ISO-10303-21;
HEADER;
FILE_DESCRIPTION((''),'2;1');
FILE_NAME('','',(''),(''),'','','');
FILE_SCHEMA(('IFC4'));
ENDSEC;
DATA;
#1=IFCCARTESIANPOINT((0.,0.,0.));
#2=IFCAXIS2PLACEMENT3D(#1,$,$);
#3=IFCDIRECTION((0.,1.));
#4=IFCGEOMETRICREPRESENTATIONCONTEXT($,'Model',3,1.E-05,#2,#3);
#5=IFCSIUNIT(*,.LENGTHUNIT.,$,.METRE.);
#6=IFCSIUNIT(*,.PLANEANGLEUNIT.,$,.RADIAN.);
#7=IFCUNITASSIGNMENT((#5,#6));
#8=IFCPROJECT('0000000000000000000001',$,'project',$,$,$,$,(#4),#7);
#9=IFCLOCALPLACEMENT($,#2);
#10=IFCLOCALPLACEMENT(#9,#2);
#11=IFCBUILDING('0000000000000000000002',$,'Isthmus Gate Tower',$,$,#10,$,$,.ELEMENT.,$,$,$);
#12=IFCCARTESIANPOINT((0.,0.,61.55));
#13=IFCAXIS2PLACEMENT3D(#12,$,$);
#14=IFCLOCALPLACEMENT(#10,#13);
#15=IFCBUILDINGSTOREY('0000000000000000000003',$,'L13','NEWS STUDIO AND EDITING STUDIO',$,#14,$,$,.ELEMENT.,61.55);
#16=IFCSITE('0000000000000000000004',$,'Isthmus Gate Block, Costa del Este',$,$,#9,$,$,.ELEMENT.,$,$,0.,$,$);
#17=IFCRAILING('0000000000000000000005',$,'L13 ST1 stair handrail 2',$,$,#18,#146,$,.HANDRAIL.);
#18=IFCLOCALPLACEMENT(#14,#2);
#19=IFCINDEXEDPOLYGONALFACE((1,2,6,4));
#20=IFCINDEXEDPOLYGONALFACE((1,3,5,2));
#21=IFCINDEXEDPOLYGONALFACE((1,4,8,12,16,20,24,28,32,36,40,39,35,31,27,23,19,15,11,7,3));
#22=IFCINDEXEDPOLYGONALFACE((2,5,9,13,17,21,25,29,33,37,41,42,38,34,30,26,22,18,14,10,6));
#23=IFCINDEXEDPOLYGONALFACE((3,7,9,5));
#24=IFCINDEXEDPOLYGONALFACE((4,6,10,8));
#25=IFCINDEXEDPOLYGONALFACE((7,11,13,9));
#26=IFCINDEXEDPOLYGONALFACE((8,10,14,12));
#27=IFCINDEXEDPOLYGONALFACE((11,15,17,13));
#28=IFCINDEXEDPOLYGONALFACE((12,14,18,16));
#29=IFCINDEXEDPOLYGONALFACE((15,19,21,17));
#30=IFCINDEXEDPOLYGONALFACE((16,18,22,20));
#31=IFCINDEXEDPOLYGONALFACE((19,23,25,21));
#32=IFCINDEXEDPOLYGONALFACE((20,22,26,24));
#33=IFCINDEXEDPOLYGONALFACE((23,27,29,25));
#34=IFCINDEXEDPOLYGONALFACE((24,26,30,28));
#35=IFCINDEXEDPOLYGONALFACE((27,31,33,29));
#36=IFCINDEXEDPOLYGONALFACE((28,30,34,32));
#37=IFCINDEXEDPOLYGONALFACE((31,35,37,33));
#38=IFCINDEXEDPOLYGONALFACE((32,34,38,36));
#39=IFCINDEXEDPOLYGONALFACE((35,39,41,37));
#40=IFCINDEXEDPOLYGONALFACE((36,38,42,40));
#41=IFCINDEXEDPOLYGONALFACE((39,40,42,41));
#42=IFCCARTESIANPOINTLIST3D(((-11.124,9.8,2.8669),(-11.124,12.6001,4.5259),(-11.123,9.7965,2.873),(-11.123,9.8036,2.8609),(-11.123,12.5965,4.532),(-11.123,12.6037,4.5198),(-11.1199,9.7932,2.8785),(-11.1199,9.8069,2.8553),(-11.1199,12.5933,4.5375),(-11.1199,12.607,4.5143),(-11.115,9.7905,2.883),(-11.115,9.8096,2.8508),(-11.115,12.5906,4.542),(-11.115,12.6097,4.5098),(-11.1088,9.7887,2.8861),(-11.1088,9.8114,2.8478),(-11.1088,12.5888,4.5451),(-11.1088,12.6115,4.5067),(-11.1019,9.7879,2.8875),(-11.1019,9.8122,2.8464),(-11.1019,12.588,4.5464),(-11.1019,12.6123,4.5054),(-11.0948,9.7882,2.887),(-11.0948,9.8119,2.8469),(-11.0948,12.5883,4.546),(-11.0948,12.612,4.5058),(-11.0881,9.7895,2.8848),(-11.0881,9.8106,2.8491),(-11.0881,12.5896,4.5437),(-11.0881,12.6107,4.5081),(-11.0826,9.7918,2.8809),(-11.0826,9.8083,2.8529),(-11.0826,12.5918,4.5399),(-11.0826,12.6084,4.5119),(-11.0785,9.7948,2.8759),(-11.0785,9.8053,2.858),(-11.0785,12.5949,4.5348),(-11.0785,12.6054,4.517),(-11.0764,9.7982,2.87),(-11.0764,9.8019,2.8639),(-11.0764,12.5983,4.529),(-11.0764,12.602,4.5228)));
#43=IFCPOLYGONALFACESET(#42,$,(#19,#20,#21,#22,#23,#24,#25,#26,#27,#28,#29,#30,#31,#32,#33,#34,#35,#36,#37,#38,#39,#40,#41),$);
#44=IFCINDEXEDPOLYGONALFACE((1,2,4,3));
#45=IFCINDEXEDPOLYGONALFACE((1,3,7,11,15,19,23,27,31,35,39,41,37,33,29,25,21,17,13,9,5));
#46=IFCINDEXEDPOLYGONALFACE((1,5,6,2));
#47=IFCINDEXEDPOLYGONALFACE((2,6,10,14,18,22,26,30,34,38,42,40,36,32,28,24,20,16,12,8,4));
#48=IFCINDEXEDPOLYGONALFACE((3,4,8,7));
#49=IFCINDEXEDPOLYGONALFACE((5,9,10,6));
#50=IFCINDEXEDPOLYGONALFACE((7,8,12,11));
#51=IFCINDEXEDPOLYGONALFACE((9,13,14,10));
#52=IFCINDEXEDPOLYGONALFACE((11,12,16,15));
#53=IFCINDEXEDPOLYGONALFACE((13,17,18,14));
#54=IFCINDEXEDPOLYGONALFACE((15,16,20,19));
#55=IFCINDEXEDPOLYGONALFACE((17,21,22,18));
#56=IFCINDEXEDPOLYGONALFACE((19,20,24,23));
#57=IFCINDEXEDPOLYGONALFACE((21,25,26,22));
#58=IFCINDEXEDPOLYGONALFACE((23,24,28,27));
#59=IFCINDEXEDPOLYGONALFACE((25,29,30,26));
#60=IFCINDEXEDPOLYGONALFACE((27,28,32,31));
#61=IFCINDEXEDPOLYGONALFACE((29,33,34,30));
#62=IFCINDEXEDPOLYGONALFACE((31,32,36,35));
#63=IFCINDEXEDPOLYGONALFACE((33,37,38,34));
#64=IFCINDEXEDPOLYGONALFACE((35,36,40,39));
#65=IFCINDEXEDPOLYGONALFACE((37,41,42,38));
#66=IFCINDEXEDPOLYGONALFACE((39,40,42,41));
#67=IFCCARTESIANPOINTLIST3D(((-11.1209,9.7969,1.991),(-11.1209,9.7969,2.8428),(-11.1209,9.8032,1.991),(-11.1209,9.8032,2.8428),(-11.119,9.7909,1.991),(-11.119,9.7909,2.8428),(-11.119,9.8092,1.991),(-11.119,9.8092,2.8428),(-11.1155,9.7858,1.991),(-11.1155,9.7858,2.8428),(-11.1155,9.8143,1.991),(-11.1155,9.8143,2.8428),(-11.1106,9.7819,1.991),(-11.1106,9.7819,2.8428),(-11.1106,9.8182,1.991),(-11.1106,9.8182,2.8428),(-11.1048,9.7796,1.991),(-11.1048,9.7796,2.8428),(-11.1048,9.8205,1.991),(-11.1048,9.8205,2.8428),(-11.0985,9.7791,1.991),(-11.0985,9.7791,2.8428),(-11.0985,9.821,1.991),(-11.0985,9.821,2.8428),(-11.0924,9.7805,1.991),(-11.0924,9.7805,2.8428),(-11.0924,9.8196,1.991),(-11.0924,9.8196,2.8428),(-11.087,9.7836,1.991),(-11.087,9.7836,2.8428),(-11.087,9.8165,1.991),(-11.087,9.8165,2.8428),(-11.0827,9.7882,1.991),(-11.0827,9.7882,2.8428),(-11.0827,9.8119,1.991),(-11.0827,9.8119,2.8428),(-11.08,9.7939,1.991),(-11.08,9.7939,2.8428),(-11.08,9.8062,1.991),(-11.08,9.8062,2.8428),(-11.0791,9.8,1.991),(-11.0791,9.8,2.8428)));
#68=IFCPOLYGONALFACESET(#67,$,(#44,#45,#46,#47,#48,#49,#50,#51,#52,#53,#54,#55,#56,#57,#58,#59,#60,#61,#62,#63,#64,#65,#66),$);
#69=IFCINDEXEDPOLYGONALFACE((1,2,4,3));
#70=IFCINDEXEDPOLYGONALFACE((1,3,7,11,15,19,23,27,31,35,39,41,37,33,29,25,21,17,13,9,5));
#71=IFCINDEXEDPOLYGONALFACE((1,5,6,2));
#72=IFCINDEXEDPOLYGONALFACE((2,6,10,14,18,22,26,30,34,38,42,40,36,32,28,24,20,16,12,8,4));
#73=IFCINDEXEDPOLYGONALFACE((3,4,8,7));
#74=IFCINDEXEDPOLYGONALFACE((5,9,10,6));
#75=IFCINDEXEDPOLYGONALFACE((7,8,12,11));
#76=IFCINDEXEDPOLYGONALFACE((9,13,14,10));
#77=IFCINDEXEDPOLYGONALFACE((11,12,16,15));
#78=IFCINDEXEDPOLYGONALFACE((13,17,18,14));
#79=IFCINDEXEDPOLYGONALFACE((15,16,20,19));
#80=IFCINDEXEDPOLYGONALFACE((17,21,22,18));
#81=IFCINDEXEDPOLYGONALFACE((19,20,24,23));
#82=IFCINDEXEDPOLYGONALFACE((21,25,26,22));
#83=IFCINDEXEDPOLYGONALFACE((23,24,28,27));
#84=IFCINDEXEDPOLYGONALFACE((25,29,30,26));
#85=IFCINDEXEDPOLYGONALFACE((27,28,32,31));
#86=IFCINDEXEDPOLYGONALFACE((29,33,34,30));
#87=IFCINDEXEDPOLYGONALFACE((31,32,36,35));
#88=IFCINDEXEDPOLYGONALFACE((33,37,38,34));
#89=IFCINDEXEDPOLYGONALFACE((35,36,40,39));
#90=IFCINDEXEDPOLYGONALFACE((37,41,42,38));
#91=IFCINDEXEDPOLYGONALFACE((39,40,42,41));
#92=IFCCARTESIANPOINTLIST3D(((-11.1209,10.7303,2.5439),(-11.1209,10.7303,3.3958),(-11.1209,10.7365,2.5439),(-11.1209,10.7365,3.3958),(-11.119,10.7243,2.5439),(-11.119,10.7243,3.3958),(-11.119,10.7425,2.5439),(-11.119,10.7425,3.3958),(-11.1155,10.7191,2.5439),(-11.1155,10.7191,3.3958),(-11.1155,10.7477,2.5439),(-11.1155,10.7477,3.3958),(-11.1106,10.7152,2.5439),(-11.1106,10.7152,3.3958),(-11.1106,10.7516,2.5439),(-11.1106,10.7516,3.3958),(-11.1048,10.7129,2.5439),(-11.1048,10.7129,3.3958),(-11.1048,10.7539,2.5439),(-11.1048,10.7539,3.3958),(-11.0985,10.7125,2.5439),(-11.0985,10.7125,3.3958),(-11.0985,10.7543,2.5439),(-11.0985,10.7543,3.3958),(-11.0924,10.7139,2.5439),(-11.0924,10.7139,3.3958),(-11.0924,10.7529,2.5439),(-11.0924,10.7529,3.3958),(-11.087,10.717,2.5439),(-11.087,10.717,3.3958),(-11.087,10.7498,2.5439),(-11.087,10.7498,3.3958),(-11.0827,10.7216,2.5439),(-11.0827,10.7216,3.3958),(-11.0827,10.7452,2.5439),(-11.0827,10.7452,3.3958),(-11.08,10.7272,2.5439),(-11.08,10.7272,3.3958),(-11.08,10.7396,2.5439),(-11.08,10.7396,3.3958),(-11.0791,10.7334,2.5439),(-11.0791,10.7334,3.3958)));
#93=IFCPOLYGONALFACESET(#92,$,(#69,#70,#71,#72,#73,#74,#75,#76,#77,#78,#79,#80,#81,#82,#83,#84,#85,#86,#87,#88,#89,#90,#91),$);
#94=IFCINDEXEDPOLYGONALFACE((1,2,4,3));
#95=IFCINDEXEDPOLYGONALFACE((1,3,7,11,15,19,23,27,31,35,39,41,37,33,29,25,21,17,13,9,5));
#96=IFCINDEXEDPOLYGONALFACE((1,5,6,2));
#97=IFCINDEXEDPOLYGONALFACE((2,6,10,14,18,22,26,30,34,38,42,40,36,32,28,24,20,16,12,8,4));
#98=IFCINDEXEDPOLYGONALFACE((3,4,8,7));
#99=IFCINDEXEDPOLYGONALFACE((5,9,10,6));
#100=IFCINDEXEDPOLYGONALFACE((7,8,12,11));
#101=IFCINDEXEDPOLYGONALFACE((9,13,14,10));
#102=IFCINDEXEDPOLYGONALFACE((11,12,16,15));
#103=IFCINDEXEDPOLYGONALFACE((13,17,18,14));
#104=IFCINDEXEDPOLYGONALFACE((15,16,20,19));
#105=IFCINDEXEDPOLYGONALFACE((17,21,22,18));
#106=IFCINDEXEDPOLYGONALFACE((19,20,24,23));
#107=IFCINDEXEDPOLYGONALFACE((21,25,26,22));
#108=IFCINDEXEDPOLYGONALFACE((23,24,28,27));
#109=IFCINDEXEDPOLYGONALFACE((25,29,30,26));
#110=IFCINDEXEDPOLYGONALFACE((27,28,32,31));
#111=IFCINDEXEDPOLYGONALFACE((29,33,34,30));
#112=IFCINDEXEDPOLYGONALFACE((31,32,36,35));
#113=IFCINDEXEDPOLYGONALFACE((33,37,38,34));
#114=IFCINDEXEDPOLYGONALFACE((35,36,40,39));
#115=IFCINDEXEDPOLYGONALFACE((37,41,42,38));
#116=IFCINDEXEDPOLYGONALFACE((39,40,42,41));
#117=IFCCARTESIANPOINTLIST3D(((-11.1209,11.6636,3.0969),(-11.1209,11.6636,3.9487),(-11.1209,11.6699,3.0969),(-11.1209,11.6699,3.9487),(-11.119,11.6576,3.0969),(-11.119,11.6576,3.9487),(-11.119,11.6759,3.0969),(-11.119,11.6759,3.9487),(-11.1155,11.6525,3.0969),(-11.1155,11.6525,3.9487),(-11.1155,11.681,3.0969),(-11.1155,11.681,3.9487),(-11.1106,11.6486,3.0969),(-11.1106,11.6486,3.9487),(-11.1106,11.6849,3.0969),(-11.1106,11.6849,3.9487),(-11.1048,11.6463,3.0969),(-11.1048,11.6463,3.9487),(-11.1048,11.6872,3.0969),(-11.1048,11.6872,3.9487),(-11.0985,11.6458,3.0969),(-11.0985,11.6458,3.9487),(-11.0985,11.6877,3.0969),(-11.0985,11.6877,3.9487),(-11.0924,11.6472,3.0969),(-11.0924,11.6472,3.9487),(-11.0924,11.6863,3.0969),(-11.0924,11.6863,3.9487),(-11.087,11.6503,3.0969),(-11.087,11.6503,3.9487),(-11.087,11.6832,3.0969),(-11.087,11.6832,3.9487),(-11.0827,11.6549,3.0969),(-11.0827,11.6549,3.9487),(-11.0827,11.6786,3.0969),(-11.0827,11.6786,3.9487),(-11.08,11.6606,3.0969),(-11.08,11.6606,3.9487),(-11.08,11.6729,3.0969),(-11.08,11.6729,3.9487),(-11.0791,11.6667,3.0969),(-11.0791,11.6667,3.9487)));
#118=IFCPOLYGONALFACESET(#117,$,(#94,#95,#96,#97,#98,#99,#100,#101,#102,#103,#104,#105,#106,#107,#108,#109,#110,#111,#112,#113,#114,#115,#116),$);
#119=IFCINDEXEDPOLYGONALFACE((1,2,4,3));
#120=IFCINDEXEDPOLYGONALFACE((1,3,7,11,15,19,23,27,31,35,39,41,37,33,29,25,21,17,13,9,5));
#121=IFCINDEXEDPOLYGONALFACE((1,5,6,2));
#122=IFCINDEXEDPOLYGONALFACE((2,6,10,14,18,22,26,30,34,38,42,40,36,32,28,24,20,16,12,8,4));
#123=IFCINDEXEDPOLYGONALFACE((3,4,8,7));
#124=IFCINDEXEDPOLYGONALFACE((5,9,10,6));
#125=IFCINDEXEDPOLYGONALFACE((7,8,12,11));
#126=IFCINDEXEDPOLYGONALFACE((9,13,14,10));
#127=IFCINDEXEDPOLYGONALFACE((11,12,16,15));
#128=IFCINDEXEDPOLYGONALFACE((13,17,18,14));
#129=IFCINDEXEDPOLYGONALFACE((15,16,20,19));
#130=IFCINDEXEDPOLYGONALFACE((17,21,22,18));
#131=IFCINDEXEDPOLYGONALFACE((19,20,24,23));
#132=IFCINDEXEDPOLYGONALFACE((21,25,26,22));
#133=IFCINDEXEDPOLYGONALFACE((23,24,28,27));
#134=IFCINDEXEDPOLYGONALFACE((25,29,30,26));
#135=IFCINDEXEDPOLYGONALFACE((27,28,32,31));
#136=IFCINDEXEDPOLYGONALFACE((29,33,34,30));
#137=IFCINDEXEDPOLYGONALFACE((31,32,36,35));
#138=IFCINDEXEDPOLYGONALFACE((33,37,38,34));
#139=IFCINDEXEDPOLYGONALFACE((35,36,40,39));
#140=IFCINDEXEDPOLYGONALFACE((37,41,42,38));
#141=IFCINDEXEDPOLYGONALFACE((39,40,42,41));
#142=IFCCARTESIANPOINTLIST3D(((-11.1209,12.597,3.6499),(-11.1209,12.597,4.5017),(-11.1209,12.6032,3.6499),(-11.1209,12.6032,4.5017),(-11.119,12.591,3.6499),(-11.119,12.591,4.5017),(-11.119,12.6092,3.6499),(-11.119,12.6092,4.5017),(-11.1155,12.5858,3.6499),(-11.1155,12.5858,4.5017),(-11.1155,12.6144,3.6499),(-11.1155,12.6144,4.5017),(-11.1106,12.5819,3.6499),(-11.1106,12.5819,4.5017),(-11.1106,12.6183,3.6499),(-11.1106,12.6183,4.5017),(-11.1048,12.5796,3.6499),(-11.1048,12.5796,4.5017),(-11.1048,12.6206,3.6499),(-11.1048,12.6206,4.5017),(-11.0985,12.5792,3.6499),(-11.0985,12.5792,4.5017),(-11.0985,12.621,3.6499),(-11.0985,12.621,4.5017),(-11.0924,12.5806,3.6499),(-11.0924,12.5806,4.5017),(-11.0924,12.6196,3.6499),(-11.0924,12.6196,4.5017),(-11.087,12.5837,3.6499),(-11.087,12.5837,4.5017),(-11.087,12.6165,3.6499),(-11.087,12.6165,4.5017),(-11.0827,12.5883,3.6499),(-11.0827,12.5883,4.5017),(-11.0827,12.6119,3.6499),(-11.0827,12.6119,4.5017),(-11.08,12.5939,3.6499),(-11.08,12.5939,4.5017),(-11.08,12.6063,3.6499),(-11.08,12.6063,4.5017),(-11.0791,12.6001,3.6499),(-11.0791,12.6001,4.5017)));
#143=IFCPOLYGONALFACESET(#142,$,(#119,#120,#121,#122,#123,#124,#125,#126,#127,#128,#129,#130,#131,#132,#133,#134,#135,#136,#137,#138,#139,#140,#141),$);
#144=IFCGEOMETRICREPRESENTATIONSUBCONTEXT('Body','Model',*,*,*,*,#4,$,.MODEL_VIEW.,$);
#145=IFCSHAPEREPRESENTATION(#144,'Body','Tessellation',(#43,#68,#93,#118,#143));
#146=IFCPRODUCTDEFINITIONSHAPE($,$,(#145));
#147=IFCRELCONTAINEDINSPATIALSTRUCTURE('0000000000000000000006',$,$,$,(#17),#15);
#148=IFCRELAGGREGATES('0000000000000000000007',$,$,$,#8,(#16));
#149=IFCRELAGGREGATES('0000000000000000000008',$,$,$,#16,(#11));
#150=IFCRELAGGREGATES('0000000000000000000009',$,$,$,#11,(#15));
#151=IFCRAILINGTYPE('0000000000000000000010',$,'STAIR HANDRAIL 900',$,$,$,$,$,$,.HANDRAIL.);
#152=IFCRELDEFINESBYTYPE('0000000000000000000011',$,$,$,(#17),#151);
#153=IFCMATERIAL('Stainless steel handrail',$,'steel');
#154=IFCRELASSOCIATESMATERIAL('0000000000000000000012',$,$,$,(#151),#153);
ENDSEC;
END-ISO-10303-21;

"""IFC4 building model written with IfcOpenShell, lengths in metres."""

from ifc_helpers import new_model, si_unit, direction, frame, origin, origin_2d, place, context, subcontext, project, spatial, circle, extrude, material, type_object, element, save


model = new_model("IFC4")

# Units and contexts
model_context = context("Model", 3, precision=1e-05, world=origin(), true_north=direction((0.0, 1.0)))
body_context = subcontext(model_context, "Body", "Model", "MODEL_VIEW")
ifc_project = project(units=[si_unit("LENGTHUNIT", "METRE"), si_unit("PLANEANGLEUNIT", "RADIAN")], contexts=[model_context])

# Site, building, storey
site_placement = place(None, origin())
site = spatial("IfcSite", under=ifc_project, at=site_placement, Name="Isthmus Gate Block, Costa del Este", CompositionType="ELEMENT", RefElevation=0.0)
building_placement = place(site_placement, origin())
building = spatial("IfcBuilding", under=site, at=building_placement, Name="Isthmus Gate Tower", CompositionType="ELEMENT")
storey_placement = place(building_placement, frame((0.0, 0.0, 61.55)))
storey = spatial("IfcBuildingStorey", under=building, at=storey_placement, Name="L13", Description="NEWS STUDIO AND EDITING STUDIO", CompositionType="ELEMENT", Elevation=61.55)

# Railing
ifc_material_1 = material(Name="Stainless steel handrail", Category="steel")
railing_type_1 = type_object("IfcRailingType", Name="STAIR HANDRAIL 900", PredefinedType="HANDRAIL", material=ifc_material_1)
railing_1_placement = place(storey_placement, frame((-11.1001, 9.8, 1.991)))
element("IfcRailing", 1, at=railing_1_placement, inside=storey, type_object=railing_type_1, Name="L13 ST1 stair handrail 2", PredefinedType="HANDRAIL", context=body_context, shape_type="SweptSolid", body=[
    extrude(circle(Radius=0.0239, at=origin_2d()), frame((0.0, 0.0, 0.876), z_axis=(0.0, 0.860339, 0.509722), x_axis=(-1.0, 0.0, 0.0)), (0.0, 0.0, 1.0), 3.2546),
    extrude(circle(Radius=0.021, at=origin_2d()), origin(), (0.0, 0.0, 1.0), 0.8518),
    extrude(circle(Radius=0.021, at=origin_2d()), frame((0.0, 0.9333, 0.553)), (0.0, 0.0, 1.0), 0.8518),
    extrude(circle(Radius=0.021, at=origin_2d()), frame((0.0, 1.8667, 1.106)), (0.0, 0.0, 1.0), 0.8518),
    extrude(circle(Radius=0.021, at=origin_2d()), frame((0.0, 2.8, 1.6589)), (0.0, 0.0, 1.0), 0.8518),
])

save(model, "model.ifc")
